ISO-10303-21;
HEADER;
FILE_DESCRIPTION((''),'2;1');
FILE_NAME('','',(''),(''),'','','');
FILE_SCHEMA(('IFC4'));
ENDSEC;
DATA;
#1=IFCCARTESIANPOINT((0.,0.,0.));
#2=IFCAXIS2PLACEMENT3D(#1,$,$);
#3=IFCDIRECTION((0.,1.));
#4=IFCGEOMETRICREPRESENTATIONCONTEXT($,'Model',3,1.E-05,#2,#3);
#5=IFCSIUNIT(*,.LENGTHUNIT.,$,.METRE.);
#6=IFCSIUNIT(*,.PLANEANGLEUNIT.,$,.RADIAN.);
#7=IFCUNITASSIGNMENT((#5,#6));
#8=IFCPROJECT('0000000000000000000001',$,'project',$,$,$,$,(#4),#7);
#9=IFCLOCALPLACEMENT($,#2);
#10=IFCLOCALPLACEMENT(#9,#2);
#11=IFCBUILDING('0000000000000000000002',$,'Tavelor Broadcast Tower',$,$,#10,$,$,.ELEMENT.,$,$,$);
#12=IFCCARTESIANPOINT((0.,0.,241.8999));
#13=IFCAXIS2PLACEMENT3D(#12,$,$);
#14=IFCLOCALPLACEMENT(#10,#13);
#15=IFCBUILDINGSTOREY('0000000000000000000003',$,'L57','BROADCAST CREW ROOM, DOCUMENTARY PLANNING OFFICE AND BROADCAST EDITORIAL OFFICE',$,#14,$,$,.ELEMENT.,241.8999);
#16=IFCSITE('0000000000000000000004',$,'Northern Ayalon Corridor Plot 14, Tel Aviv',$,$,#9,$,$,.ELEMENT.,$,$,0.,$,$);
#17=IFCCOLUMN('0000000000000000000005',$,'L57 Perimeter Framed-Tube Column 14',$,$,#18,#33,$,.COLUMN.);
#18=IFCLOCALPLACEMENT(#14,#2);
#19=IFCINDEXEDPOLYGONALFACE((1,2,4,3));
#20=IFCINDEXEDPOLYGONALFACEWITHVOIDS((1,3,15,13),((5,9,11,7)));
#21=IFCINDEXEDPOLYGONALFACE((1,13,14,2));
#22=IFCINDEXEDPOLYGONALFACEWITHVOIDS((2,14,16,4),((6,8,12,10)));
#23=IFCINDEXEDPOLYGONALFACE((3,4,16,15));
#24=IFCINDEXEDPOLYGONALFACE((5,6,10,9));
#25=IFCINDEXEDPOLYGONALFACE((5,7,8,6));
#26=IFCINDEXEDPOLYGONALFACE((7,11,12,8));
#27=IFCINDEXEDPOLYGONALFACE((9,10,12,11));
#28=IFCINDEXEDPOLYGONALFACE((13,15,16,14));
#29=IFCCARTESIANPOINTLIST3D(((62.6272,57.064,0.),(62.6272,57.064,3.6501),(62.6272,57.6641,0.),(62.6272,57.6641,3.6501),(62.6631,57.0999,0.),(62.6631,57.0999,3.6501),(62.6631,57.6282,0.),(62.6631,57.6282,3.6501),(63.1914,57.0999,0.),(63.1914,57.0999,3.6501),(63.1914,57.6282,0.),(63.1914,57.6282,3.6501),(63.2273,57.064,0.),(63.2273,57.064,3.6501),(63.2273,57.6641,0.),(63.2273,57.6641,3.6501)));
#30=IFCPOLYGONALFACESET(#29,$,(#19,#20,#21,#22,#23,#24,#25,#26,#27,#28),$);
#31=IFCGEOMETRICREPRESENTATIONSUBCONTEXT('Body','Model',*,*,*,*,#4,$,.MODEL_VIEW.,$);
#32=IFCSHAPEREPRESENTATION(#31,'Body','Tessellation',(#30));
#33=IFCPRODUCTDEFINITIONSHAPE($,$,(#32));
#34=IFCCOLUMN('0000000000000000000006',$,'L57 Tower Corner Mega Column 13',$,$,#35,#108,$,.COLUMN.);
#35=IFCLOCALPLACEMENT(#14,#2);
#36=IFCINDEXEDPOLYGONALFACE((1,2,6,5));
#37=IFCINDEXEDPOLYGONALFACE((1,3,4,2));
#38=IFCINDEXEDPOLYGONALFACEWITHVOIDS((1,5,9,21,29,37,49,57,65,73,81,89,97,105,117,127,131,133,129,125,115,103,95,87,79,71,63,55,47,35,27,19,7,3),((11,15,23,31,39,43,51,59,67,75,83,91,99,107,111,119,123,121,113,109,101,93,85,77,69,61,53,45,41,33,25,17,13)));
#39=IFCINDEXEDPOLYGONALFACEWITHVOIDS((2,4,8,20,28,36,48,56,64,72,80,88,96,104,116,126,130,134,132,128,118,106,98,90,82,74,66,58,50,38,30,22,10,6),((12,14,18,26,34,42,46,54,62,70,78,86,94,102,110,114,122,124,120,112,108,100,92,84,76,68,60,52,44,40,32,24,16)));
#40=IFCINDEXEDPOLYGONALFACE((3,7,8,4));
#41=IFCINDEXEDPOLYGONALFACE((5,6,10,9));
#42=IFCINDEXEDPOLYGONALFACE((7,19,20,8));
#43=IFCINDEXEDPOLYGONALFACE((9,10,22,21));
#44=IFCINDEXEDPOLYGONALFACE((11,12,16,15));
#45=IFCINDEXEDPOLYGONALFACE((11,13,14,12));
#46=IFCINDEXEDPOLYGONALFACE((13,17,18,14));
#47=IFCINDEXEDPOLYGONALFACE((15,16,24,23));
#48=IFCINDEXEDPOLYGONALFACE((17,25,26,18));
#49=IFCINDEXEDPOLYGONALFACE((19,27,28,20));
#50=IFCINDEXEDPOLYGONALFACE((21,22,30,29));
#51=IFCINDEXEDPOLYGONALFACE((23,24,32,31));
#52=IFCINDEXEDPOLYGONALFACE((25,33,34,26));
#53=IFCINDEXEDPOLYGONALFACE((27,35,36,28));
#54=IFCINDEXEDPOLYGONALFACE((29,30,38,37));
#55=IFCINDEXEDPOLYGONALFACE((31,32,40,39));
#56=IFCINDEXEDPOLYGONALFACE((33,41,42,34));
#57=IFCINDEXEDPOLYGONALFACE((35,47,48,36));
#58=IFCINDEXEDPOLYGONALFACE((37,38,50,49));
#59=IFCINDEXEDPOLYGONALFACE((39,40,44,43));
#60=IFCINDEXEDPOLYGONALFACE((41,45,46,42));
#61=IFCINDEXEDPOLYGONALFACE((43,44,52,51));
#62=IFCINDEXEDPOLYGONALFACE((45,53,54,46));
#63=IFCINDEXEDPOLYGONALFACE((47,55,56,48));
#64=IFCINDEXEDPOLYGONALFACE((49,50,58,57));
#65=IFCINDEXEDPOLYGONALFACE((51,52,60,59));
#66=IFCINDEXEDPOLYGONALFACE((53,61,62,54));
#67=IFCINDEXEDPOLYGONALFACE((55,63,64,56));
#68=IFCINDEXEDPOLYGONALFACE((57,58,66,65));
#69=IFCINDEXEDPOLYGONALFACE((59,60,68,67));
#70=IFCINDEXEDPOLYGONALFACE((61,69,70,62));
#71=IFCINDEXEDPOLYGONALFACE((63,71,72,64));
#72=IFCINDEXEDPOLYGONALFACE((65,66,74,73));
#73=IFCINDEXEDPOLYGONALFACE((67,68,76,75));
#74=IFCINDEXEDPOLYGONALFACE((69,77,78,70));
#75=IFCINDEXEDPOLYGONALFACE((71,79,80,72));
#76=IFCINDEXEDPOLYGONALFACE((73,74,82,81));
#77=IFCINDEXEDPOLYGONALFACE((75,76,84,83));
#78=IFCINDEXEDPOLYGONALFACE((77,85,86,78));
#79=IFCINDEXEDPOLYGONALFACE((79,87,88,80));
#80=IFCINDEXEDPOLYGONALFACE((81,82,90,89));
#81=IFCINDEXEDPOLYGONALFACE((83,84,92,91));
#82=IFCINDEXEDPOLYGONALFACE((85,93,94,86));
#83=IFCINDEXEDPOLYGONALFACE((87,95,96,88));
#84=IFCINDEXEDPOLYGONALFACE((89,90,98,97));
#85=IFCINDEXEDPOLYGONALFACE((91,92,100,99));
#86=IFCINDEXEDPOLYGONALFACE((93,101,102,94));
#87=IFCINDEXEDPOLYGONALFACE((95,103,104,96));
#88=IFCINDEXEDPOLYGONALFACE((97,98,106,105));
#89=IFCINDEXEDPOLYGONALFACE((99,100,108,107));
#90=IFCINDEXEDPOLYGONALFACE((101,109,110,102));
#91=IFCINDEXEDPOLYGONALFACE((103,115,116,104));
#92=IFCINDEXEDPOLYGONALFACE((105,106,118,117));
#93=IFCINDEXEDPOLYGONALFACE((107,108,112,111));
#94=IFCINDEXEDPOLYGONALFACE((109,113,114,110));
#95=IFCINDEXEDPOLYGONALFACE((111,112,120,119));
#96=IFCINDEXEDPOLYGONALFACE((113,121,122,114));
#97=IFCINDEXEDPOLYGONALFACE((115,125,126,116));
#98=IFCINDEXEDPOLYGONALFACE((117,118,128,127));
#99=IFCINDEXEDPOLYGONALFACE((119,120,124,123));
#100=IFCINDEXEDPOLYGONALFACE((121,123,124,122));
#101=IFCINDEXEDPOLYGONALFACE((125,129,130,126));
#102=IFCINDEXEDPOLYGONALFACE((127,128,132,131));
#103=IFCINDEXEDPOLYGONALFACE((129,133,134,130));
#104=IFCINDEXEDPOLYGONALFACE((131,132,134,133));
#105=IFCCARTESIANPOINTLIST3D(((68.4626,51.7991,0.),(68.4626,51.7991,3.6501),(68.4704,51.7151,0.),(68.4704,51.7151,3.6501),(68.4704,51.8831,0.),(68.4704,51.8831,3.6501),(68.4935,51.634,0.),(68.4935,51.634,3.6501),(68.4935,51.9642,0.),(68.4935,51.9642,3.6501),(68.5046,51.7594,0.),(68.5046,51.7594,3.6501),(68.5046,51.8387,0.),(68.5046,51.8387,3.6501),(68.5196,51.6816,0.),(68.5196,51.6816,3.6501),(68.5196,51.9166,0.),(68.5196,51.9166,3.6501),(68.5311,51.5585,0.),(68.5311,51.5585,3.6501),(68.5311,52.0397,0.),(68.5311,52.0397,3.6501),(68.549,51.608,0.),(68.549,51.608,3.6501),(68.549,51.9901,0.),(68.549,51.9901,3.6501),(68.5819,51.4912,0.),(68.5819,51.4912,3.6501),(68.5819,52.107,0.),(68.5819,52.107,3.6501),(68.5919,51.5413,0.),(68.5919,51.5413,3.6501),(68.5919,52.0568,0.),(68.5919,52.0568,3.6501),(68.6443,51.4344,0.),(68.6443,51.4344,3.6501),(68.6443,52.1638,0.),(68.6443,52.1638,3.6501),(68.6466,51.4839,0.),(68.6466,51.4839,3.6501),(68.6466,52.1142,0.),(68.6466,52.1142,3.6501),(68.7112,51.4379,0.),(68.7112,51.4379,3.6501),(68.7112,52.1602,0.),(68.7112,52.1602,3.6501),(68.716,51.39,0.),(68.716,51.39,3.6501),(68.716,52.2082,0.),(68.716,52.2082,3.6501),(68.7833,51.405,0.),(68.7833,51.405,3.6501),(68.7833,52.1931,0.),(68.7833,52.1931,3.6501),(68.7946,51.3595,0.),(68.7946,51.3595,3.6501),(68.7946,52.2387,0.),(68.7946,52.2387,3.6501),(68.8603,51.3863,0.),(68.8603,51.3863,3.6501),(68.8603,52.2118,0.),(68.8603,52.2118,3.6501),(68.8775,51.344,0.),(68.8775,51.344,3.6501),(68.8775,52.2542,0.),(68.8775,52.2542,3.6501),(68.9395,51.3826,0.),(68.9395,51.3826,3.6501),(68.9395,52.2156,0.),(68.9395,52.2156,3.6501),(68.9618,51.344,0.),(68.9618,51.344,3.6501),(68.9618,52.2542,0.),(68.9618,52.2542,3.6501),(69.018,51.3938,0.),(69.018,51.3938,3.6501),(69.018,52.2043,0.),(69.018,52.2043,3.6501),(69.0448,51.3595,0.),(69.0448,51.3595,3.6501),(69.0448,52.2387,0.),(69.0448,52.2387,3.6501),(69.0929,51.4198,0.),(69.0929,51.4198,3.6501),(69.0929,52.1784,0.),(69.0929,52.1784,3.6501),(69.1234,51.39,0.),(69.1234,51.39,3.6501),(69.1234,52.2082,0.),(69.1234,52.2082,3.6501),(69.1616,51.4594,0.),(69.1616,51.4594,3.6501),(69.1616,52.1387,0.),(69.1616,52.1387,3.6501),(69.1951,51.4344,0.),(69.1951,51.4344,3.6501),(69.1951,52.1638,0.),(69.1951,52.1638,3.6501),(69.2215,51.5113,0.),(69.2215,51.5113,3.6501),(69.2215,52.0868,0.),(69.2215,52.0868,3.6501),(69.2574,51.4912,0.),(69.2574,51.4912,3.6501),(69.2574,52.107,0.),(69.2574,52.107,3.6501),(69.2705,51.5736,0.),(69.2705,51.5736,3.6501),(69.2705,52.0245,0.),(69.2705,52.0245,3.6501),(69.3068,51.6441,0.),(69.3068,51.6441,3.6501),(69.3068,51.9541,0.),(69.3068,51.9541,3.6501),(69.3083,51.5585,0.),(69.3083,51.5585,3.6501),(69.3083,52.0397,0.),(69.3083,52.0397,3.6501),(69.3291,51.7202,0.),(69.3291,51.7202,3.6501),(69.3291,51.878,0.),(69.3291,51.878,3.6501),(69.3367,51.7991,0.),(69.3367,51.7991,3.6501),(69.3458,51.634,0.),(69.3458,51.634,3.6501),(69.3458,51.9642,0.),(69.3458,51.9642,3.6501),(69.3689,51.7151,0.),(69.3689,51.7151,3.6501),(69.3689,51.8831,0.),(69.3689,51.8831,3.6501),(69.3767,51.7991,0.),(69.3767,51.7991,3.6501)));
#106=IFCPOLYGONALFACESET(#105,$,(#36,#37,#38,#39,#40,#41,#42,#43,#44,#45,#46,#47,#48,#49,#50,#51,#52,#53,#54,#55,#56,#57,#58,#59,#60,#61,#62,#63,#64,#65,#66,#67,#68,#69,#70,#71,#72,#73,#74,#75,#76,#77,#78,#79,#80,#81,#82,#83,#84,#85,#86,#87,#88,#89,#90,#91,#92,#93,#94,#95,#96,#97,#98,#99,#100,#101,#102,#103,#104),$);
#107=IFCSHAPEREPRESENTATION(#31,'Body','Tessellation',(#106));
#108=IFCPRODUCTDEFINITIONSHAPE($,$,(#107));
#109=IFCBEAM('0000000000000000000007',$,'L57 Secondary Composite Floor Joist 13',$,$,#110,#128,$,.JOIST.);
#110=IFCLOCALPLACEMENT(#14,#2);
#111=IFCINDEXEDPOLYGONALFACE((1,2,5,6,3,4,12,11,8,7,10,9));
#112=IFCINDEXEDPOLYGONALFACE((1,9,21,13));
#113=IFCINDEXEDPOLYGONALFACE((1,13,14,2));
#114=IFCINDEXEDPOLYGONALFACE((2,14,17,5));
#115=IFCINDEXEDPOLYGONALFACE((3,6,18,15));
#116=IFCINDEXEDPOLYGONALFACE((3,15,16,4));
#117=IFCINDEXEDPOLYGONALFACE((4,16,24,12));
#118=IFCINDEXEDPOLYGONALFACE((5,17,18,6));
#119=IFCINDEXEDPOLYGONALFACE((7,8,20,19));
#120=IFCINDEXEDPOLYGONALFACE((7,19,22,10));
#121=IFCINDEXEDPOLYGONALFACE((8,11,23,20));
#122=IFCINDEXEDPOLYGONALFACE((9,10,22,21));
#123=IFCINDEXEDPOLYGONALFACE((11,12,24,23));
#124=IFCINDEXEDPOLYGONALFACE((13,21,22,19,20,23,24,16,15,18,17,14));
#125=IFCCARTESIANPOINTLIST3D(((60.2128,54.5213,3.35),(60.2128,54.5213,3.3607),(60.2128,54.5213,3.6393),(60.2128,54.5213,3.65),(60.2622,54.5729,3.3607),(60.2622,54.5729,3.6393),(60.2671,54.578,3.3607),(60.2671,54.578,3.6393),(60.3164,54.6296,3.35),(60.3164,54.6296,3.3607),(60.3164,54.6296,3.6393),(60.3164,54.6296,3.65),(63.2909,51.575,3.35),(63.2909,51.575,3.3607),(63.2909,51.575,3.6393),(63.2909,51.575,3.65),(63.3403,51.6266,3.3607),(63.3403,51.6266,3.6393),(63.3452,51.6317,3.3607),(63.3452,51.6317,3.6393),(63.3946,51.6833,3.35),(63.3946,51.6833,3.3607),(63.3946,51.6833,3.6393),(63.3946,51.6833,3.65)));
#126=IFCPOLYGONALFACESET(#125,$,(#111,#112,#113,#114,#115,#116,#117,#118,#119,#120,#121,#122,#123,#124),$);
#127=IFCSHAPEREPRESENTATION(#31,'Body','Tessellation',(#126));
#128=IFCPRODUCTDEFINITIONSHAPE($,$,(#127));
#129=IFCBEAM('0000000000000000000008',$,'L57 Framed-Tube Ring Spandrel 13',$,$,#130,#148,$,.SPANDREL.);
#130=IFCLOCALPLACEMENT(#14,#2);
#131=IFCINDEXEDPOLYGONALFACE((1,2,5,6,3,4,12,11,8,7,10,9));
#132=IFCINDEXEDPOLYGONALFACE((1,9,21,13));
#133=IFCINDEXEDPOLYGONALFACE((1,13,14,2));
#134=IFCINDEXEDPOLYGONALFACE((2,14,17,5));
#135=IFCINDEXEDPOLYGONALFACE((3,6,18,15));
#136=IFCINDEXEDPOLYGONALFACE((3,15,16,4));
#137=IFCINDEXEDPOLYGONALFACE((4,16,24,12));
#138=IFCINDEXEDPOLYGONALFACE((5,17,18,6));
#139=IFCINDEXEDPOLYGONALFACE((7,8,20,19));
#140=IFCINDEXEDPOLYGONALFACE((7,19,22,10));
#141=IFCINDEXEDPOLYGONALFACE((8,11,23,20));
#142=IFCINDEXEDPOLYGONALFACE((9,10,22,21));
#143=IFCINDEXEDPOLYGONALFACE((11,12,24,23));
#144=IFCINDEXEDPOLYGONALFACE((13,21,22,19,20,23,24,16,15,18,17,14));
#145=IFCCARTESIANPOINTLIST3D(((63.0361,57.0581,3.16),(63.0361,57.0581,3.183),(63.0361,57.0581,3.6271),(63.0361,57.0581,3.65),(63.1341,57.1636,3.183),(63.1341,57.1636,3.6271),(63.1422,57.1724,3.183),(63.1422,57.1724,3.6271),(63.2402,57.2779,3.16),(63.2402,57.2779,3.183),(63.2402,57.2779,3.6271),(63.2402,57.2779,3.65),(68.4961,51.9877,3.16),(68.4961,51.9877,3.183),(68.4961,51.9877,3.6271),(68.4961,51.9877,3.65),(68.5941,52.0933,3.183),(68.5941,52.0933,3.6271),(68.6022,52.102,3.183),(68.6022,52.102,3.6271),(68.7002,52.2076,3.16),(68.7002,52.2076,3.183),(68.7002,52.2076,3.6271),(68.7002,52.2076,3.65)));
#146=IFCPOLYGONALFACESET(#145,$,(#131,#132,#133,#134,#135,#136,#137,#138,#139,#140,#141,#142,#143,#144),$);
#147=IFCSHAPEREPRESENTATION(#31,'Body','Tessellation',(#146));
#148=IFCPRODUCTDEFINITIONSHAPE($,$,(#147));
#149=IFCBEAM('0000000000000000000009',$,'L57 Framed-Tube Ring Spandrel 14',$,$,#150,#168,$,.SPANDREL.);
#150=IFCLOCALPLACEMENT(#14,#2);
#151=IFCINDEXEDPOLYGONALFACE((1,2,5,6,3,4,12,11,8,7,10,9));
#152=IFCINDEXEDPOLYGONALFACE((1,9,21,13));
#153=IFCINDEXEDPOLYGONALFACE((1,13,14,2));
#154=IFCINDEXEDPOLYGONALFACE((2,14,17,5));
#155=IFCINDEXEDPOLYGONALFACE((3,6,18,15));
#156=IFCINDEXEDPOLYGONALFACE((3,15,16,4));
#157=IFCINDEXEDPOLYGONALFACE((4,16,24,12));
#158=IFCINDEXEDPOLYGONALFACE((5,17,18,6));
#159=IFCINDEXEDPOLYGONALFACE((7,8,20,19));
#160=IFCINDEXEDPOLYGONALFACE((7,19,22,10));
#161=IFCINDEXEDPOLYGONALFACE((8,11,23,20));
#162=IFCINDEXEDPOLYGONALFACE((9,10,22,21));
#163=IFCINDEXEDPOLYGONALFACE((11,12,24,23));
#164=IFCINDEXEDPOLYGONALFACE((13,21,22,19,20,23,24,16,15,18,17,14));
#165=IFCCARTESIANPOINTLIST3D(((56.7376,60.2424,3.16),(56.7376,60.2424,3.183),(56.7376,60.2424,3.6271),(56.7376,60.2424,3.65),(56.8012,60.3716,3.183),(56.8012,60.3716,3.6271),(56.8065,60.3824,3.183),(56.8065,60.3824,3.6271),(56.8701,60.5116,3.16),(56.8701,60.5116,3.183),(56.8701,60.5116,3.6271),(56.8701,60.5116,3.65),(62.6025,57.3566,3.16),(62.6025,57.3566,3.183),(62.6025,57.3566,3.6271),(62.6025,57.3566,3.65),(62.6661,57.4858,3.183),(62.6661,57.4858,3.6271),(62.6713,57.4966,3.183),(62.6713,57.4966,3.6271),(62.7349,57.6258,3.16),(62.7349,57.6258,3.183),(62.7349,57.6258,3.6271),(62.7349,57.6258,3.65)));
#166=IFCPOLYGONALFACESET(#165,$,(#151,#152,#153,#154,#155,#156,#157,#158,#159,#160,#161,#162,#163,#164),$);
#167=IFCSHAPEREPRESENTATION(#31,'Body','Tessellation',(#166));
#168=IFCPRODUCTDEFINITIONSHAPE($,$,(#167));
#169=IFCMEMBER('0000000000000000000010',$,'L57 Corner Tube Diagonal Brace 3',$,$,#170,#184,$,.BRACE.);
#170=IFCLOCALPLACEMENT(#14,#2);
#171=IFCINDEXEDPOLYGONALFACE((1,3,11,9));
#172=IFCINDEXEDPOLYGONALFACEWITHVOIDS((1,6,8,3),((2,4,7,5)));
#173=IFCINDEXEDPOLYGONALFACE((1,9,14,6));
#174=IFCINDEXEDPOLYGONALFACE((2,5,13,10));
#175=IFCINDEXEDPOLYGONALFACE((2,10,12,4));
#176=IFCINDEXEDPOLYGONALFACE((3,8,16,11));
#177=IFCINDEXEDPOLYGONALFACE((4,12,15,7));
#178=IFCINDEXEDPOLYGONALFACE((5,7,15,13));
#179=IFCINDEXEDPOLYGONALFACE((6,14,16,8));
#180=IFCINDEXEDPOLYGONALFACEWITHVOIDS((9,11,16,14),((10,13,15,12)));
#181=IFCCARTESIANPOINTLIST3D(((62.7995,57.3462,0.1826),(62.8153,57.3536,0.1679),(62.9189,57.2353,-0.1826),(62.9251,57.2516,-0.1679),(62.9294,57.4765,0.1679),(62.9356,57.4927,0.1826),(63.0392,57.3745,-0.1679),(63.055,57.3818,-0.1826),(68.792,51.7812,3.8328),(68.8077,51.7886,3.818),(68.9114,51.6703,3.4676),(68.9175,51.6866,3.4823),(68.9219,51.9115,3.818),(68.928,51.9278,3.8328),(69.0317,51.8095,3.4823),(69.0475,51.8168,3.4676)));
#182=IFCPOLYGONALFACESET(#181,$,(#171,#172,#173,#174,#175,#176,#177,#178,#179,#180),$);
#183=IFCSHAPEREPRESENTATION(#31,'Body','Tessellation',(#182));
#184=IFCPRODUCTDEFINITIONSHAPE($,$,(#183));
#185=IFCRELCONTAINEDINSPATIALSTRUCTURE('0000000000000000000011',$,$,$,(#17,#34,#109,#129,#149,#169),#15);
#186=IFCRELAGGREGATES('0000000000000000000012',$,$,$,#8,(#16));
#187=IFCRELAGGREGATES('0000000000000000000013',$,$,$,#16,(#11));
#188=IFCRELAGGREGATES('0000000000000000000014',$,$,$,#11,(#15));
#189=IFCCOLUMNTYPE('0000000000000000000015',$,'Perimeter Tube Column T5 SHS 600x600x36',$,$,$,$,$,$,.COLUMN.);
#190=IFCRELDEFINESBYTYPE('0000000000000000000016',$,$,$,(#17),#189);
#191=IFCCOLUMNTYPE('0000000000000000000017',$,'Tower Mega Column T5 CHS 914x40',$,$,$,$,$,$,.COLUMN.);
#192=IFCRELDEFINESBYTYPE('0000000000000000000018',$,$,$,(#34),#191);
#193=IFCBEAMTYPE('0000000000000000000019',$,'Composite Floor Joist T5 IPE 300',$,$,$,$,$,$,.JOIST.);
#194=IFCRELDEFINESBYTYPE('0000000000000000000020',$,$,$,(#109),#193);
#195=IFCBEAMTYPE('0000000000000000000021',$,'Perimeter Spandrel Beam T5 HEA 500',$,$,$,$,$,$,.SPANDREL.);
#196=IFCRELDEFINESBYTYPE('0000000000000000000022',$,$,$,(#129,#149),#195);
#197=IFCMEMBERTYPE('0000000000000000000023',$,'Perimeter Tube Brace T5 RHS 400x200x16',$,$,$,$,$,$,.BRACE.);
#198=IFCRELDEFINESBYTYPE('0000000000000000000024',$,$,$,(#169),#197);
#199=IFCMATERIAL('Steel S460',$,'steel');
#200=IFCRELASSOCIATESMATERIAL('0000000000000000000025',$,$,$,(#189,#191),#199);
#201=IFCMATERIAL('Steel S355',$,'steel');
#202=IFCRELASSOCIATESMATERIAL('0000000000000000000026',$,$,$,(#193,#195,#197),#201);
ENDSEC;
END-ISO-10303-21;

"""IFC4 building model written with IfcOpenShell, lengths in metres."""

from ifc_helpers import new_model, si_unit, direction, frame, origin, origin_2d, place, context, subcontext, project, spatial, hollow_rectangle, hollow_circle, i_section, extrude, material, material_profile, profile_set, type_object, element, save


model = new_model("IFC4")

# Units and contexts
model_context = context("Model", 3, precision=1e-05, world=origin(), true_north=direction((0.0, 1.0)))
body_context = subcontext(model_context, "Body", "Model", "MODEL_VIEW")
ifc_project = project(units=[si_unit("LENGTHUNIT", "METRE"), si_unit("PLANEANGLEUNIT", "RADIAN")], contexts=[model_context])

# Site, building, storey
site_placement = place(None, origin())
site = spatial("IfcSite", under=ifc_project, at=site_placement, Name="Northern Ayalon Corridor Plot 14, Tel Aviv", CompositionType="ELEMENT", RefElevation=0.0)
building_placement = place(site_placement, origin())
building = spatial("IfcBuilding", under=site, at=building_placement, Name="Tavelor Broadcast Tower", CompositionType="ELEMENT")
storey_placement = place(building_placement, frame((0.0, 0.0, 241.8999)))
storey = spatial("IfcBuildingStorey", under=building, at=storey_placement, Name="L57", Description="BROADCAST CREW ROOM, DOCUMENTARY PLANNING OFFICE AND BROADCAST EDITORIAL OFFICE", CompositionType="ELEMENT", Elevation=241.8999)

# Columns
ifc_material_1 = material(Name="Steel S460", Category="steel")
ifc_material_profile_1 = material_profile(ifc_material_1, hollow_rectangle(XDim=0.6001, YDim=0.6001, WallThickness=0.0359, at=origin_2d()), Name="SHS 600x600x36")
ifc_profile_set_1 = profile_set([ifc_material_profile_1], Name="Steel S460")
column_type_1 = type_object("IfcColumnType", Name="Perimeter Tube Column T5 SHS 600x600x36", PredefinedType="COLUMN", material=ifc_profile_set_1)
column_1_placement = place(storey_placement, frame((62.9272, 57.364, 0.0), z_axis=(0.0, 0.0, 1.0), x_axis=(1.0, 0.0, 0.0)))
element("IfcColumn", 1, at=column_1_placement, inside=storey, type_object=column_type_1, Name="L57 Perimeter Framed-Tube Column 14", PredefinedType="COLUMN", context=body_context, shape_type="SweptSolid", body=[
    extrude(hollow_rectangle(XDim=0.6001, YDim=0.6001, WallThickness=0.0359, at=origin_2d()), origin(), (0.0, 0.0, 1.0), 3.6501),
])
ifc_material_profile_2 = material_profile(ifc_material_1, hollow_circle(Radius=0.457, WallThickness=0.04, at=origin_2d()), Name="CHS 914x40")
ifc_profile_set_2 = profile_set([ifc_material_profile_2], Name="Steel S460")
column_type_2 = type_object("IfcColumnType", Name="Tower Mega Column T5 CHS 914x40", PredefinedType="COLUMN", material=ifc_profile_set_2)
column_2_placement = place(storey_placement, frame((68.9197, 51.7991, 0.0), z_axis=(0.0, 0.0, 1.0), x_axis=(1.0, 0.0, 0.0)))
element("IfcColumn", 2, at=column_2_placement, inside=storey, type_object=column_type_2, Name="L57 Tower Corner Mega Column 13", PredefinedType="COLUMN", context=body_context, shape_type="SweptSolid", body=[
    extrude(hollow_circle(Radius=0.457, WallThickness=0.04, at=origin_2d()), origin(), (0.0, 0.0, 1.0), 3.6501),
])

# Beams
ifc_material_2 = material(Name="Steel S355", Category="steel")
ifc_material_profile_3 = material_profile(ifc_material_2, i_section(OverallWidth=0.1499, OverallDepth=0.3, WebThickness=0.0071, FlangeThickness=0.0107, at=origin_2d()), Name="IPE 300")
ifc_profile_set_3 = profile_set([ifc_material_profile_3], Name="Steel S355")
beam_type_1 = type_object("IfcBeamType", Name="Composite Floor Joist T5 IPE 300", PredefinedType="JOIST", material=ifc_profile_set_3)
beam_1_placement = place(storey_placement, frame((63.3428, 51.6292, 3.5), z_axis=(-0.722408, 0.691467, 0.0), x_axis=(-0.691467, -0.722408, 0.0)))
element("IfcBeam", 3, at=beam_1_placement, inside=storey, type_object=beam_type_1, Name="L57 Secondary Composite Floor Joist 13", PredefinedType="JOIST", context=body_context, shape_type="SweptSolid", body=[
    extrude(i_section(OverallWidth=0.1499, OverallDepth=0.3, WebThickness=0.0071, FlangeThickness=0.0107, at=origin_2d()), origin(), (0.0, 0.0, 1.0), 4.261),
])
ifc_material_profile_4 = material_profile(ifc_material_2, i_section(OverallWidth=0.3, OverallDepth=0.49, WebThickness=0.012, FlangeThickness=0.0229, at=origin_2d()), Name="HEA 500")
ifc_profile_set_4 = profile_set([ifc_material_profile_4], Name="Steel S355")
beam_type_2 = type_object("IfcBeamType", Name="Perimeter Spandrel Beam T5 HEA 500", PredefinedType="SPANDREL", material=ifc_profile_set_4)
beam_2_placement = place(storey_placement, frame((68.5981, 52.0977, 3.405), z_axis=(-0.73277, 0.680476, 0.0), x_axis=(-0.680476, -0.73277, 0.0)))
element("IfcBeam", 4, at=beam_2_placement, inside=storey, type_object=beam_type_2, Name="L57 Framed-Tube Ring Spandrel 13", PredefinedType="SPANDREL", context=body_context, shape_type="SweptSolid", body=[
    extrude(i_section(OverallWidth=0.3, OverallDepth=0.49, WebThickness=0.012, FlangeThickness=0.0229, at=origin_2d()), origin(), (0.0, 0.0, 1.0), 7.4512),
])
beam_3_placement = place(storey_placement, frame((62.6687, 57.4912, 3.405), z_axis=(-0.897263, 0.441497, 0.0), x_axis=(-0.441497, -0.897263, 0.0)))
element("IfcBeam", 5, at=beam_3_placement, inside=storey, type_object=beam_type_2, Name="L57 Framed-Tube Ring Spandrel 14", PredefinedType="SPANDREL", context=body_context, shape_type="SweptSolid", body=[
    extrude(i_section(OverallWidth=0.3, OverallDepth=0.49, WebThickness=0.012, FlangeThickness=0.0229, at=origin_2d()), origin(), (0.0, 0.0, 1.0), 6.5364),
])

# Member
ifc_material_profile_5 = material_profile(ifc_material_2, hollow_rectangle(XDim=0.2, YDim=0.3999, WallThickness=0.0161, at=origin_2d()), Name="RHS 400x200x16")
ifc_profile_set_5 = profile_set([ifc_material_profile_5], Name="Steel S355")
member_type_1 = type_object("IfcMemberType", Name="Perimeter Tube Brace T5 RHS 400x200x16", PredefinedType="BRACE", material=ifc_profile_set_5)
member_1_placement = place(storey_placement, frame((62.9272, 57.364, 0.0), z_axis=(0.669133, -0.621398, 0.407586), x_axis=(0.680487, 0.732761, 0.0)))
element("IfcMember", 6, at=member_1_placement, inside=storey, type_object=member_type_1, Name="L57 Corner Tube Diagonal Brace 3", PredefinedType="BRACE", context=body_context, shape_type="SweptSolid", body=[
    extrude(hollow_rectangle(XDim=0.2, YDim=0.3999, WallThickness=0.0161, at=origin_2d()), origin(), (0.0, 0.0, 1.0), 8.9556),
])

save(model, "model.ifc")
